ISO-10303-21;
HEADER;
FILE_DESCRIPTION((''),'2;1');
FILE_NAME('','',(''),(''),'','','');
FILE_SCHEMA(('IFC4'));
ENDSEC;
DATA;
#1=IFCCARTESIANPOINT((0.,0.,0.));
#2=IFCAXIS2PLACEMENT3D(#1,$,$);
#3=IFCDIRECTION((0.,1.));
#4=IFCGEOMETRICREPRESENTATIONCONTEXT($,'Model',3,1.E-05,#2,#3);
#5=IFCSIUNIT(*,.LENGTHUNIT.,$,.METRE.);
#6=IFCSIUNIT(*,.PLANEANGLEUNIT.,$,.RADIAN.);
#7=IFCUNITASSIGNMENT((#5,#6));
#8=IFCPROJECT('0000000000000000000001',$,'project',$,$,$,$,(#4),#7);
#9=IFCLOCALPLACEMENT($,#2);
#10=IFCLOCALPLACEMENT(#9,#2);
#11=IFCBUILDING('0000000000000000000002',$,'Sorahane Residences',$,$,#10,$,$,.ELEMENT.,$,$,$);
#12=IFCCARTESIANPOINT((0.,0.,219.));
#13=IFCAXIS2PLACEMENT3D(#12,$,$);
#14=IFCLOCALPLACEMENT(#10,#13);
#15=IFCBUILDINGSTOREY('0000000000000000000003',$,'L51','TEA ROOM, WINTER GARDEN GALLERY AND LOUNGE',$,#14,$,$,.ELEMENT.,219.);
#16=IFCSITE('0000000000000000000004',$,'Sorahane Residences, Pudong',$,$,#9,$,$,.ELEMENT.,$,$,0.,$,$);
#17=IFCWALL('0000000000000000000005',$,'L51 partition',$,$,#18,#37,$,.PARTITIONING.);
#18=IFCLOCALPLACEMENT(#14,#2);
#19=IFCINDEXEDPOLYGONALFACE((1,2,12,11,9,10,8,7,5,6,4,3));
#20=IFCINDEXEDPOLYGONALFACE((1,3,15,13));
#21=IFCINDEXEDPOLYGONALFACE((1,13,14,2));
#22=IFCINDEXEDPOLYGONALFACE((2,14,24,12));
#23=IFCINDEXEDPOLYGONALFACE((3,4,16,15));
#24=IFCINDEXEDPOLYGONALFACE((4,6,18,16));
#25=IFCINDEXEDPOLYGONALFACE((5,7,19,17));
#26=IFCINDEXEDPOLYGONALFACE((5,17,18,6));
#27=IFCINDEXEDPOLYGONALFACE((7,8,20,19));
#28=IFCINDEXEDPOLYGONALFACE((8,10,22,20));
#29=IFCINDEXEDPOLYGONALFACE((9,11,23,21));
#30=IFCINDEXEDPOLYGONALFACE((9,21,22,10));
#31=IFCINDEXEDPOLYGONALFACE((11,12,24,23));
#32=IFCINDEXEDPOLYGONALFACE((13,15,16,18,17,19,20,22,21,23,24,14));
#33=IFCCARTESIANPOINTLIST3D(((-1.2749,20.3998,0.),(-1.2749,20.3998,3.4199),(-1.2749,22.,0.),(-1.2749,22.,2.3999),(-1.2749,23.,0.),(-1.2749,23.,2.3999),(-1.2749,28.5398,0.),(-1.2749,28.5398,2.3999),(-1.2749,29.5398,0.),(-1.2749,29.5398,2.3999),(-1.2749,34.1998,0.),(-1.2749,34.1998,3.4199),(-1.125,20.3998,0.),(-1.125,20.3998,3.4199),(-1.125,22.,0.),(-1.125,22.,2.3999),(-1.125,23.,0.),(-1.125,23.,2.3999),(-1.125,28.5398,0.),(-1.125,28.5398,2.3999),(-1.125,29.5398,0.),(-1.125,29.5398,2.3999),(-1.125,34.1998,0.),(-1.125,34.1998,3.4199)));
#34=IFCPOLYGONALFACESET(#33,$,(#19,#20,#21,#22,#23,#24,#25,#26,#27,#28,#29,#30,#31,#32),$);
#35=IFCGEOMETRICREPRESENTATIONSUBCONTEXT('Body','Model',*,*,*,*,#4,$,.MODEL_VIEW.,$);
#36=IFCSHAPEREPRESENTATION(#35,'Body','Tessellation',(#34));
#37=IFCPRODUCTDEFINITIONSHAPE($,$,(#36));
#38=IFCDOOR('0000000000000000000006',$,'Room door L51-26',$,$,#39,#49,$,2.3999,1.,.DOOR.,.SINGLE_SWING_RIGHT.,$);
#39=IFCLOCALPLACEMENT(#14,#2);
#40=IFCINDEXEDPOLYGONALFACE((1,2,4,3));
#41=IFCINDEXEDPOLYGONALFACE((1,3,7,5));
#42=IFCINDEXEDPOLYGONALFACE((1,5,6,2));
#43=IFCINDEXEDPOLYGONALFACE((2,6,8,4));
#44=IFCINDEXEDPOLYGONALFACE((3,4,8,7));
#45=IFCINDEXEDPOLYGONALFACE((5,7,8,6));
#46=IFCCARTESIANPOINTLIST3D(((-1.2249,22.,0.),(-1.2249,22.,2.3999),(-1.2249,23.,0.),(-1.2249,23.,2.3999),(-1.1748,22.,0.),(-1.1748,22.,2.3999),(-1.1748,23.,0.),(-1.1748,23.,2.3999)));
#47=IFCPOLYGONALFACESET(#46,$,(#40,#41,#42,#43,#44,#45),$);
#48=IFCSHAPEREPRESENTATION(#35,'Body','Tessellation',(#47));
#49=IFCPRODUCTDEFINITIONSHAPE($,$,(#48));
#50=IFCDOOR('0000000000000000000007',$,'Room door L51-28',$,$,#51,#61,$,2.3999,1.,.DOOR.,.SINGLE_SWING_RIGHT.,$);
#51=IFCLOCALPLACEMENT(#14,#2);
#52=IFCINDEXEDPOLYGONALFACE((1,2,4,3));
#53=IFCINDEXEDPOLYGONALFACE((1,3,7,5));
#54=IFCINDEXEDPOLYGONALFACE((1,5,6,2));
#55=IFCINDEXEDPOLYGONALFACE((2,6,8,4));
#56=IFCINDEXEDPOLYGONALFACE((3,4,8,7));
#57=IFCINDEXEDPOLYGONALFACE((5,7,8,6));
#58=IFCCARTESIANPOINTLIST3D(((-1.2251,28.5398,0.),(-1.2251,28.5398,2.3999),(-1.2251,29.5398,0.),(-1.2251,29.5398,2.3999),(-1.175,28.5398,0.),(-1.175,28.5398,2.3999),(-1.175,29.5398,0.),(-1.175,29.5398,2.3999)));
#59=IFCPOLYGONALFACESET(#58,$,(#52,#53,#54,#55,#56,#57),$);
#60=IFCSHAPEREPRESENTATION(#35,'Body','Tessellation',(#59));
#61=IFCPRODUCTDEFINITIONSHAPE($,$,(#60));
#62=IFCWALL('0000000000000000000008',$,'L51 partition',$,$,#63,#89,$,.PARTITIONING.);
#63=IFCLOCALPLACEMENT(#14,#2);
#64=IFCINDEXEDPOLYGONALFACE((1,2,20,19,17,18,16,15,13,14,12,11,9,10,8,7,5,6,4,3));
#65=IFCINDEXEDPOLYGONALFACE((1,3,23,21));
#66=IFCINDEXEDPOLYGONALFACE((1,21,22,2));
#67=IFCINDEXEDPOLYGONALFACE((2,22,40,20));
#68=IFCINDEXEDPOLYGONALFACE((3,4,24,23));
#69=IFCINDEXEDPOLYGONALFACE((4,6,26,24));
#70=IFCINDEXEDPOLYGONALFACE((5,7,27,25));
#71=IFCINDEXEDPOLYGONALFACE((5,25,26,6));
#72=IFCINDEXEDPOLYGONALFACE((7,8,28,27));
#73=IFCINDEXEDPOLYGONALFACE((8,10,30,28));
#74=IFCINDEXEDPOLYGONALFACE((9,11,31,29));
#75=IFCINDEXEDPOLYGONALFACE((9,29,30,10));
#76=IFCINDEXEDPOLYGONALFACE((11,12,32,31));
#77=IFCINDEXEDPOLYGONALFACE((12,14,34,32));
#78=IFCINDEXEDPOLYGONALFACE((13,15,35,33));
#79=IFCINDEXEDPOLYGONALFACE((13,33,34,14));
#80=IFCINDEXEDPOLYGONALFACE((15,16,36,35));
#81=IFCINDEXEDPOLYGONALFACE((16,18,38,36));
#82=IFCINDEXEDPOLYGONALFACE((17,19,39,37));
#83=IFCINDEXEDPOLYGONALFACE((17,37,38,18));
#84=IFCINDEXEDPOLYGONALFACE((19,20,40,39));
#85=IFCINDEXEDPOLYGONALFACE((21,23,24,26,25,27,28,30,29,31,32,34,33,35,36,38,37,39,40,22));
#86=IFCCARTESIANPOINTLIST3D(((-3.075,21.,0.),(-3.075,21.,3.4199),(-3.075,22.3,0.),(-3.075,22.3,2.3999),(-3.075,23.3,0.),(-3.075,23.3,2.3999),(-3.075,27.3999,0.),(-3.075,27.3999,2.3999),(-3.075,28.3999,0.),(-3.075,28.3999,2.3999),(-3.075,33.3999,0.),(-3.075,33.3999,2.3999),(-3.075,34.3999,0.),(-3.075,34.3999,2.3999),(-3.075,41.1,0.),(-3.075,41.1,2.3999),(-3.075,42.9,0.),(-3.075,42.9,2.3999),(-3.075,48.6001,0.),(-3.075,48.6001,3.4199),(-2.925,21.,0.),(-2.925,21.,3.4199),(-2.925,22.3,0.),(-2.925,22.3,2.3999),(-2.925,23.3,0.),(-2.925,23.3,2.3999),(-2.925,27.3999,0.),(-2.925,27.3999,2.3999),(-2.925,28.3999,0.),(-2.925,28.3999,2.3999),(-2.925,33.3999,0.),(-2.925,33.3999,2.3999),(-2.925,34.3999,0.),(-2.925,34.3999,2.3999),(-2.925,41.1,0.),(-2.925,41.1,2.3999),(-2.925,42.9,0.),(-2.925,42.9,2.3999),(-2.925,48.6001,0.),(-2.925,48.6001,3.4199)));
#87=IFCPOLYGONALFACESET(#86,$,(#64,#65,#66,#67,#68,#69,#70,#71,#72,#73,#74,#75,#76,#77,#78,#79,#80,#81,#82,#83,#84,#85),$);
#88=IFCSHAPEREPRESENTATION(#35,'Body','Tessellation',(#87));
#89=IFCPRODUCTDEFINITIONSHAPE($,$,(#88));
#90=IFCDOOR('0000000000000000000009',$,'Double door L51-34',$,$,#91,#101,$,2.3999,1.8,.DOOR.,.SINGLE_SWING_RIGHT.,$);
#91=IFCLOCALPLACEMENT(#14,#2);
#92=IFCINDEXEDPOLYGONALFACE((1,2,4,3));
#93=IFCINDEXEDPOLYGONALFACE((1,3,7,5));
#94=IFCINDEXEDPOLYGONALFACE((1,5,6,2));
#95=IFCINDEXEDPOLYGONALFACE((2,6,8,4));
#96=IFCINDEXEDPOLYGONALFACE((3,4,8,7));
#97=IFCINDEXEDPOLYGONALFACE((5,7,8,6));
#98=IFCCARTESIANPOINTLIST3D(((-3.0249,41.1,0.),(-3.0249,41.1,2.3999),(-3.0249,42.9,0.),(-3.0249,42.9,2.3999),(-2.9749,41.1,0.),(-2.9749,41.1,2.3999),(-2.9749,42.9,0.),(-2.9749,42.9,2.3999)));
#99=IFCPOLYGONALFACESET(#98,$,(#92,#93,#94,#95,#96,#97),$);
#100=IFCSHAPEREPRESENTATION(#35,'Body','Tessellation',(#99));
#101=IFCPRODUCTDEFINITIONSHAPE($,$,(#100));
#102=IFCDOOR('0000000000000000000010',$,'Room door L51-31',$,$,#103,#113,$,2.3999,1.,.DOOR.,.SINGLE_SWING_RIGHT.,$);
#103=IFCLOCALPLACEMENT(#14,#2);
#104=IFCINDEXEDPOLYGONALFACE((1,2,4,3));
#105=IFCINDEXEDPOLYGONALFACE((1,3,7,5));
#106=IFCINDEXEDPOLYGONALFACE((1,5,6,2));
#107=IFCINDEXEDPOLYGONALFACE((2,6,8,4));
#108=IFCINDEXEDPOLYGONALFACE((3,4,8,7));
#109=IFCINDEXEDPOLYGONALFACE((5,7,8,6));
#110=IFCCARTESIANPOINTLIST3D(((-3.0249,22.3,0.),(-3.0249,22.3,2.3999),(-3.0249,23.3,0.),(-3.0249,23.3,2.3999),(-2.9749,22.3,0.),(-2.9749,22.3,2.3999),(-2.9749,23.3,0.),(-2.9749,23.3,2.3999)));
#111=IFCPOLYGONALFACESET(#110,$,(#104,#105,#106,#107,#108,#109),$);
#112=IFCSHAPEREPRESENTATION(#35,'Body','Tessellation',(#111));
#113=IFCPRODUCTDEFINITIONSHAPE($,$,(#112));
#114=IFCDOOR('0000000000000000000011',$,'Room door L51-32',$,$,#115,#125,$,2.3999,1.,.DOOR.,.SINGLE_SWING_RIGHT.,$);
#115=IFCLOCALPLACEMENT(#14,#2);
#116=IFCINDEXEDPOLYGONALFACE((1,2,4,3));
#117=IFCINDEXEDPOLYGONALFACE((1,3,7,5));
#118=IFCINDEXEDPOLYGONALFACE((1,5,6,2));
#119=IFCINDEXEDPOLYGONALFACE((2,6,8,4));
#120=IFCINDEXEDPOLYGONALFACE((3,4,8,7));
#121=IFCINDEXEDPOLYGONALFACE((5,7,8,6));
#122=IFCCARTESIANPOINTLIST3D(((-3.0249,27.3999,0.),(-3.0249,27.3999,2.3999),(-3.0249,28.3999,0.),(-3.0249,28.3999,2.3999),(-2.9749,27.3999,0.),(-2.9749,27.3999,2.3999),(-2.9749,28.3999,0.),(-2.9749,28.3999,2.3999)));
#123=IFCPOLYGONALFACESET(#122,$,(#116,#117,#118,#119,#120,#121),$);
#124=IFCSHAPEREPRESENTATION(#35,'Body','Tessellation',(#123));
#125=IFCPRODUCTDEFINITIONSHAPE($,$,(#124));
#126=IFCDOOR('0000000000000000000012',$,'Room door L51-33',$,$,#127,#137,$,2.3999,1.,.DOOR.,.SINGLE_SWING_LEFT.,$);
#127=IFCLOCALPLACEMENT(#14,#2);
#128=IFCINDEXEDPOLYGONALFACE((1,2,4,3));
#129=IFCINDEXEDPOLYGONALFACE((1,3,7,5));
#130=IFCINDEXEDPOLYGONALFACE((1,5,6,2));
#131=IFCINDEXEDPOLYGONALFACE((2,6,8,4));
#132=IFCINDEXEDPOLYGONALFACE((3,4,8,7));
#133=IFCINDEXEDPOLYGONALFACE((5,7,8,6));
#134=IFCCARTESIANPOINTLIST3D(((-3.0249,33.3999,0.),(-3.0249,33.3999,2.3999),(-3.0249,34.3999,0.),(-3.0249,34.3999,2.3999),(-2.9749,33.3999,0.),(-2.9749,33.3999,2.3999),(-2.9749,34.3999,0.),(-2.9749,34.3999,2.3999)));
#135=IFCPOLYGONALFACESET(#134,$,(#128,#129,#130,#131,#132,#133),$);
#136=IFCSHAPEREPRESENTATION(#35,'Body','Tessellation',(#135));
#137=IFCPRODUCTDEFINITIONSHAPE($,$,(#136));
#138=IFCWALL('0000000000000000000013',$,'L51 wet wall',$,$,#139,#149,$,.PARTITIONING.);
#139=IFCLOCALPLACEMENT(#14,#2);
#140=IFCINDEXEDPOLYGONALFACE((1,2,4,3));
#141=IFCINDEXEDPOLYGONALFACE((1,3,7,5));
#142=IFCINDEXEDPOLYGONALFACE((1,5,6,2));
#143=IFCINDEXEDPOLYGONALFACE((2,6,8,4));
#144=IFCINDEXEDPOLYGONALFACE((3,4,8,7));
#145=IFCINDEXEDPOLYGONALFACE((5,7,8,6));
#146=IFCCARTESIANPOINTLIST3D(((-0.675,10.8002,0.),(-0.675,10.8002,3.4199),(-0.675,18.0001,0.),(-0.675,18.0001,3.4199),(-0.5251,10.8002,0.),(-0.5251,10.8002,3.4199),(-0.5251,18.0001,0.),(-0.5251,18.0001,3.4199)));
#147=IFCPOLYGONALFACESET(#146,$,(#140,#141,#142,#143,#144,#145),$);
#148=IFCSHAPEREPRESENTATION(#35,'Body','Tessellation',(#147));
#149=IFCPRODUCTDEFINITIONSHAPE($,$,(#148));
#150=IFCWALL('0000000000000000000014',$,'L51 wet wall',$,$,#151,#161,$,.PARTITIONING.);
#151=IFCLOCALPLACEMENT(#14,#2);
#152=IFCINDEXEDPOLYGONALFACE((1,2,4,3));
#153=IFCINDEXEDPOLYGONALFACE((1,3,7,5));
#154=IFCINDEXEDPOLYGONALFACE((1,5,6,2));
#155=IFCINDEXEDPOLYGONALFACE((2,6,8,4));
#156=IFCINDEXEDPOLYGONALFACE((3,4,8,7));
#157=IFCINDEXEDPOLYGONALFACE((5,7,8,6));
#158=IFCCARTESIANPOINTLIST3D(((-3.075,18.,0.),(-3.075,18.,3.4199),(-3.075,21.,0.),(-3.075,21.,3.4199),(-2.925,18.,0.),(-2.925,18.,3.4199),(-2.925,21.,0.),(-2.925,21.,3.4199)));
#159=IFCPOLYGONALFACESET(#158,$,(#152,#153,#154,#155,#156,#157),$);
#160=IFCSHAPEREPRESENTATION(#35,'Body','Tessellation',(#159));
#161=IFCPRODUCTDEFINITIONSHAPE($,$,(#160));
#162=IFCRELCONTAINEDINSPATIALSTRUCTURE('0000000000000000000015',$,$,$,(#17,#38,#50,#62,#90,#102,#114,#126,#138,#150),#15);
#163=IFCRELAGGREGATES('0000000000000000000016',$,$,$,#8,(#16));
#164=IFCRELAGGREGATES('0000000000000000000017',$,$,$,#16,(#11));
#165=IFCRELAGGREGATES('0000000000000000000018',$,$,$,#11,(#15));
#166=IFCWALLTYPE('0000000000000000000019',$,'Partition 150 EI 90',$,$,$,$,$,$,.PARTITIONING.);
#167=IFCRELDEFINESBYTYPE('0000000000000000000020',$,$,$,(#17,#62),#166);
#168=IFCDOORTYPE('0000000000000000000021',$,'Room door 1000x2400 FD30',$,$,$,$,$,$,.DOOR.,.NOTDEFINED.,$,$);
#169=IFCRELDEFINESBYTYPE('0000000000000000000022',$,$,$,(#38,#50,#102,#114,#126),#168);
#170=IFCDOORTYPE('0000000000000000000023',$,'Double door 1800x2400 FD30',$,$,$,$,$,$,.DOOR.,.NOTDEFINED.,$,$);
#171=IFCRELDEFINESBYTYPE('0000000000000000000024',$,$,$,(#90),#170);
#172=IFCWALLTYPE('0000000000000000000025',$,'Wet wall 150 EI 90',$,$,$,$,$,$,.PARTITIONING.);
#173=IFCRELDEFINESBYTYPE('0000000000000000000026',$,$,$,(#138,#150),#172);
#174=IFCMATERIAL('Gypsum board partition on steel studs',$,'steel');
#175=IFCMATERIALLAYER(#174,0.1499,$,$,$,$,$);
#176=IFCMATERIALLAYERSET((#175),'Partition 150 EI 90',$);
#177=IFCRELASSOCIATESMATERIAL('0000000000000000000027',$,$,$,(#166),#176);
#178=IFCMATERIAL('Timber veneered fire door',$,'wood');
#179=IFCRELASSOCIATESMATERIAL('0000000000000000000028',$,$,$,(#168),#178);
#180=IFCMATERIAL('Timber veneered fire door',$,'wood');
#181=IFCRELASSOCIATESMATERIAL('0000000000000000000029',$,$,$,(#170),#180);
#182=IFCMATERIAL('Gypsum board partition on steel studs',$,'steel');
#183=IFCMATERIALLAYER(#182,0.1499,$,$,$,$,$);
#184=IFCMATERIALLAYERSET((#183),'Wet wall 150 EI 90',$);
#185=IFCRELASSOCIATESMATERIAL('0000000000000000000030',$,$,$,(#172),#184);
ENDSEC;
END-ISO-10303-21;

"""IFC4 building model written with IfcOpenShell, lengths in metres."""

from ifc_helpers import new_model, si_unit, direction, frame, frame_2d, origin, place, context, subcontext, project, spatial, rectangle, extrude, material, layer, layer_set, type_object, element, fill, save


model = new_model("IFC4")

# Units and contexts
model_context = context("Model", 3, precision=1e-05, world=origin(), true_north=direction((0.0, 1.0)))
body_context = subcontext(model_context, "Body", "Model", "MODEL_VIEW")
ifc_project = project(units=[si_unit("LENGTHUNIT", "METRE"), si_unit("PLANEANGLEUNIT", "RADIAN")], contexts=[model_context])

# Site, building, storey
site_placement = place(None, origin())
site = spatial("IfcSite", under=ifc_project, at=site_placement, Name="Sorahane Residences, Pudong", CompositionType="ELEMENT", RefElevation=0.0)
building_placement = place(site_placement, origin())
building = spatial("IfcBuilding", under=site, at=building_placement, Name="Sorahane Residences", CompositionType="ELEMENT")
storey_placement = place(building_placement, frame((0.0, 0.0, 219.0)))
storey = spatial("IfcBuildingStorey", under=building, at=storey_placement, Name="L51", Description="TEA ROOM, WINTER GARDEN GALLERY AND LOUNGE", CompositionType="ELEMENT", Elevation=219.0)

# Walls, openings, doors
ifc_material_1 = material(Name="Gypsum board partition on steel studs", Category="steel")
ifc_layer_1 = layer(ifc_material_1, 0.1499)
ifc_layer_set_1 = layer_set([ifc_layer_1], Name="Partition 150 EI 90")
wall_type_1 = type_object("IfcWallType", Name="Partition 150 EI 90", PredefinedType="PARTITIONING", material=ifc_layer_set_1)
wall_1_placement = place(storey_placement, frame((-1.2, 20.3999, 0.0), z_axis=(0.0, 0.0, 1.0), x_axis=(0.0, 1.0, 0.0)))
wall_1 = element("IfcWall", 1, at=wall_1_placement, inside=storey, type_object=wall_type_1, Name="L51 partition", PredefinedType="PARTITIONING", context=body_context, shape_type="SweptSolid", body=[
    extrude(rectangle(XDim=13.8, YDim=0.1499, at=frame_2d((6.8999, 0.0))), origin(), (0.0, 0.0, 1.0), 3.4199),
])
opening_1_placement = place(wall_1_placement, frame((1.6001, 0.0, 0.0)))
opening_1 = element("IfcOpeningElement", 2, at=opening_1_placement, cuts=wall_1, PredefinedType="OPENING", context=body_context, shape_type="SweptSolid", body=[
    extrude(rectangle(XDim=1.0, YDim=2.3999, at=frame_2d((0.5, 1.2))), frame((0.0, 0.085, 0.0), z_axis=(0.0, -1.0, 0.0), x_axis=(1.0, 0.0, 0.0)), (0.0, 0.0, 1.0), 0.1699),
])
opening_2_placement = place(wall_1_placement, frame((8.1399, 0.0, 0.0)))
opening_2 = element("IfcOpeningElement", 3, at=opening_2_placement, cuts=wall_1, PredefinedType="OPENING", context=body_context, shape_type="SweptSolid", body=[
    extrude(rectangle(XDim=1.0, YDim=2.3999, at=frame_2d((0.5, 1.2))), frame((0.0, 0.085, 0.0), z_axis=(0.0, -1.0, 0.0), x_axis=(1.0, 0.0, 0.0)), (0.0, 0.0, 1.0), 0.1699),
])
ifc_material_2 = material(Name="Timber veneered fire door", Category="wood")
door_type_1 = type_object("IfcDoorType", Name="Room door 1000x2400 FD30", OperationType="NOTDEFINED", PredefinedType="DOOR", material=ifc_material_2)
door_1_placement = place(opening_1_placement, origin())
door_1 = element("IfcDoor", 4, at=door_1_placement, inside=storey, type_object=door_type_1, Name="Room door L51-26", OperationType="SINGLE_SWING_RIGHT", OverallHeight=2.3999, OverallWidth=1.0, PredefinedType="DOOR", context=body_context, shape_type="SweptSolid", body=[
    extrude(rectangle(XDim=1.0, YDim=2.3999, at=frame_2d((0.5, 1.2))), frame((0.0, 0.0249, 0.0), z_axis=(0.0, -1.0, 0.0), x_axis=(1.0, 0.0, 0.0)), (0.0, 0.0, 1.0), 0.05),
])
fill(opening_1, door_1)
door_2_placement = place(opening_2_placement, frame((1.0, 0.0, 0.0), z_axis=(0.0, 0.0, 1.0), x_axis=(-1.0, 0.0, 0.0)))
door_2 = element("IfcDoor", 5, at=door_2_placement, inside=storey, type_object=door_type_1, Name="Room door L51-28", OperationType="SINGLE_SWING_RIGHT", OverallHeight=2.3999, OverallWidth=1.0, PredefinedType="DOOR", context=body_context, shape_type="SweptSolid", body=[
    extrude(rectangle(XDim=1.0, YDim=2.3999, at=frame_2d((0.5, 1.2))), frame((0.0, 0.0249, 0.0), z_axis=(0.0, -1.0, 0.0), x_axis=(1.0, 0.0, 0.0)), (0.0, 0.0, 1.0), 0.05),
])
fill(opening_2, door_2)
wall_2_placement = place(storey_placement, frame((-3.0, 21.0, 0.0), z_axis=(0.0, 0.0, 1.0), x_axis=(0.0, 1.0, 0.0)))
wall_2 = element("IfcWall", 6, at=wall_2_placement, inside=storey, type_object=wall_type_1, Name="L51 partition", PredefinedType="PARTITIONING", context=body_context, shape_type="SweptSolid", body=[
    extrude(rectangle(XDim=27.6001, YDim=0.1499, at=frame_2d((13.8, 0.0))), origin(), (0.0, 0.0, 1.0), 3.4199),
])
opening_3_placement = place(wall_2_placement, frame((1.3, 0.0, 0.0)))
opening_3 = element("IfcOpeningElement", 7, at=opening_3_placement, cuts=wall_2, PredefinedType="OPENING", context=body_context, shape_type="SweptSolid", body=[
    extrude(rectangle(XDim=1.0, YDim=2.3999, at=frame_2d((0.5, 1.2))), frame((0.0, 0.085, 0.0), z_axis=(0.0, -1.0, 0.0), x_axis=(1.0, 0.0, 0.0)), (0.0, 0.0, 1.0), 0.1699),
])
opening_4_placement = place(wall_2_placement, frame((6.3999, 0.0, 0.0)))
opening_4 = element("IfcOpeningElement", 8, at=opening_4_placement, cuts=wall_2, PredefinedType="OPENING", context=body_context, shape_type="SweptSolid", body=[
    extrude(rectangle(XDim=1.0, YDim=2.3999, at=frame_2d((0.5, 1.2))), frame((0.0, 0.085, 0.0), z_axis=(0.0, -1.0, 0.0), x_axis=(1.0, 0.0, 0.0)), (0.0, 0.0, 1.0), 0.1699),
])
opening_5_placement = place(wall_2_placement, frame((12.3999, 0.0, 0.0)))
opening_5 = element("IfcOpeningElement", 9, at=opening_5_placement, cuts=wall_2, PredefinedType="OPENING", context=body_context, shape_type="SweptSolid", body=[
    extrude(rectangle(XDim=1.0, YDim=2.3999, at=frame_2d((0.5, 1.2))), frame((0.0, 0.085, 0.0), z_axis=(0.0, -1.0, 0.0), x_axis=(1.0, 0.0, 0.0)), (0.0, 0.0, 1.0), 0.1699),
])
opening_6_placement = place(wall_2_placement, frame((20.1001, 0.0, 0.0)))
opening_6 = element("IfcOpeningElement", 10, at=opening_6_placement, cuts=wall_2, PredefinedType="OPENING", context=body_context, shape_type="SweptSolid", body=[
    extrude(rectangle(XDim=1.8, YDim=2.3999, at=frame_2d((0.8999, 1.2))), frame((0.0, 0.085, 0.0), z_axis=(0.0, -1.0, 0.0), x_axis=(1.0, 0.0, 0.0)), (0.0, 0.0, 1.0), 0.1699),
])
ifc_material_3 = material(Name="Timber veneered fire door", Category="wood")
door_type_2 = type_object("IfcDoorType", Name="Double door 1800x2400 FD30", OperationType="NOTDEFINED", PredefinedType="DOOR", material=ifc_material_3)
door_3_placement = place(opening_6_placement, origin())
door_3 = element("IfcDoor", 11, at=door_3_placement, inside=storey, type_object=door_type_2, Name="Double door L51-34", OperationType="SINGLE_SWING_RIGHT", OverallHeight=2.3999, OverallWidth=1.8, PredefinedType="DOOR", context=body_context, shape_type="SweptSolid", body=[
    extrude(rectangle(XDim=1.8, YDim=2.3999, at=frame_2d((0.8999, 1.2))), frame((0.0, 0.0249, 0.0), z_axis=(0.0, -1.0, 0.0), x_axis=(1.0, 0.0, 0.0)), (0.0, 0.0, 1.0), 0.05),
])
fill(opening_6, door_3)
door_4_placement = place(opening_3_placement, origin())
door_4 = element("IfcDoor", 12, at=door_4_placement, inside=storey, type_object=door_type_1, Name="Room door L51-31", OperationType="SINGLE_SWING_RIGHT", OverallHeight=2.3999, OverallWidth=1.0, PredefinedType="DOOR", context=body_context, shape_type="SweptSolid", body=[
    extrude(rectangle(XDim=1.0, YDim=2.3999, at=frame_2d((0.5, 1.2))), frame((0.0, 0.0249, 0.0), z_axis=(0.0, -1.0, 0.0), x_axis=(1.0, 0.0, 0.0)), (0.0, 0.0, 1.0), 0.05),
])
fill(opening_3, door_4)
door_5_placement = place(opening_4_placement, origin())
door_5 = element("IfcDoor", 13, at=door_5_placement, inside=storey, type_object=door_type_1, Name="Room door L51-32", OperationType="SINGLE_SWING_RIGHT", OverallHeight=2.3999, OverallWidth=1.0, PredefinedType="DOOR", context=body_context, shape_type="SweptSolid", body=[
    extrude(rectangle(XDim=1.0, YDim=2.3999, at=frame_2d((0.5, 1.2))), frame((0.0, 0.0249, 0.0), z_axis=(0.0, -1.0, 0.0), x_axis=(1.0, 0.0, 0.0)), (0.0, 0.0, 1.0), 0.05),
])
fill(opening_4, door_5)
door_6_placement = place(opening_5_placement, origin())
door_6 = element("IfcDoor", 14, at=door_6_placement, inside=storey, type_object=door_type_1, Name="Room door L51-33", OperationType="SINGLE_SWING_LEFT", OverallHeight=2.3999, OverallWidth=1.0, PredefinedType="DOOR", context=body_context, shape_type="SweptSolid", body=[
    extrude(rectangle(XDim=1.0, YDim=2.3999, at=frame_2d((0.5, 1.2))), frame((0.0, 0.0249, 0.0), z_axis=(0.0, -1.0, 0.0), x_axis=(1.0, 0.0, 0.0)), (0.0, 0.0, 1.0), 0.05),
])
fill(opening_5, door_6)

# Wall
ifc_material_4 = material(Name="Gypsum board partition on steel studs", Category="steel")
ifc_layer_2 = layer(ifc_material_4, 0.1499)
ifc_layer_set_2 = layer_set([ifc_layer_2], Name="Wet wall 150 EI 90")
wall_type_2 = type_object("IfcWallType", Name="Wet wall 150 EI 90", PredefinedType="PARTITIONING", material=ifc_layer_set_2)
wall_3_placement = place(storey_placement, frame((-0.6001, 10.8, 0.0), z_axis=(0.0, 0.0, 1.0), x_axis=(0.0, 1.0, 0.0)))
element("IfcWall", 15, at=wall_3_placement, inside=storey, type_object=wall_type_2, Name="L51 wet wall", PredefinedType="PARTITIONING", context=body_context, shape_type="SweptSolid", body=[
    extrude(rectangle(XDim=7.2, YDim=0.1499, at=frame_2d((3.6001, 0.0))), origin(), (0.0, 0.0, 1.0), 3.4199),
])

# Wall
wall_4_placement = place(storey_placement, frame((-3.0, 18.0, 0.0), z_axis=(0.0, 0.0, 1.0), x_axis=(0.0, 1.0, 0.0)))
element("IfcWall", 16, at=wall_4_placement, inside=storey, type_object=wall_type_2, Name="L51 wet wall", PredefinedType="PARTITIONING", context=body_context, shape_type="SweptSolid", body=[
    extrude(rectangle(XDim=3.0, YDim=0.1499, at=frame_2d((1.5, 0.0))), origin(), (0.0, 0.0, 1.0), 3.4199),
])

save(model, "model.ifc")
